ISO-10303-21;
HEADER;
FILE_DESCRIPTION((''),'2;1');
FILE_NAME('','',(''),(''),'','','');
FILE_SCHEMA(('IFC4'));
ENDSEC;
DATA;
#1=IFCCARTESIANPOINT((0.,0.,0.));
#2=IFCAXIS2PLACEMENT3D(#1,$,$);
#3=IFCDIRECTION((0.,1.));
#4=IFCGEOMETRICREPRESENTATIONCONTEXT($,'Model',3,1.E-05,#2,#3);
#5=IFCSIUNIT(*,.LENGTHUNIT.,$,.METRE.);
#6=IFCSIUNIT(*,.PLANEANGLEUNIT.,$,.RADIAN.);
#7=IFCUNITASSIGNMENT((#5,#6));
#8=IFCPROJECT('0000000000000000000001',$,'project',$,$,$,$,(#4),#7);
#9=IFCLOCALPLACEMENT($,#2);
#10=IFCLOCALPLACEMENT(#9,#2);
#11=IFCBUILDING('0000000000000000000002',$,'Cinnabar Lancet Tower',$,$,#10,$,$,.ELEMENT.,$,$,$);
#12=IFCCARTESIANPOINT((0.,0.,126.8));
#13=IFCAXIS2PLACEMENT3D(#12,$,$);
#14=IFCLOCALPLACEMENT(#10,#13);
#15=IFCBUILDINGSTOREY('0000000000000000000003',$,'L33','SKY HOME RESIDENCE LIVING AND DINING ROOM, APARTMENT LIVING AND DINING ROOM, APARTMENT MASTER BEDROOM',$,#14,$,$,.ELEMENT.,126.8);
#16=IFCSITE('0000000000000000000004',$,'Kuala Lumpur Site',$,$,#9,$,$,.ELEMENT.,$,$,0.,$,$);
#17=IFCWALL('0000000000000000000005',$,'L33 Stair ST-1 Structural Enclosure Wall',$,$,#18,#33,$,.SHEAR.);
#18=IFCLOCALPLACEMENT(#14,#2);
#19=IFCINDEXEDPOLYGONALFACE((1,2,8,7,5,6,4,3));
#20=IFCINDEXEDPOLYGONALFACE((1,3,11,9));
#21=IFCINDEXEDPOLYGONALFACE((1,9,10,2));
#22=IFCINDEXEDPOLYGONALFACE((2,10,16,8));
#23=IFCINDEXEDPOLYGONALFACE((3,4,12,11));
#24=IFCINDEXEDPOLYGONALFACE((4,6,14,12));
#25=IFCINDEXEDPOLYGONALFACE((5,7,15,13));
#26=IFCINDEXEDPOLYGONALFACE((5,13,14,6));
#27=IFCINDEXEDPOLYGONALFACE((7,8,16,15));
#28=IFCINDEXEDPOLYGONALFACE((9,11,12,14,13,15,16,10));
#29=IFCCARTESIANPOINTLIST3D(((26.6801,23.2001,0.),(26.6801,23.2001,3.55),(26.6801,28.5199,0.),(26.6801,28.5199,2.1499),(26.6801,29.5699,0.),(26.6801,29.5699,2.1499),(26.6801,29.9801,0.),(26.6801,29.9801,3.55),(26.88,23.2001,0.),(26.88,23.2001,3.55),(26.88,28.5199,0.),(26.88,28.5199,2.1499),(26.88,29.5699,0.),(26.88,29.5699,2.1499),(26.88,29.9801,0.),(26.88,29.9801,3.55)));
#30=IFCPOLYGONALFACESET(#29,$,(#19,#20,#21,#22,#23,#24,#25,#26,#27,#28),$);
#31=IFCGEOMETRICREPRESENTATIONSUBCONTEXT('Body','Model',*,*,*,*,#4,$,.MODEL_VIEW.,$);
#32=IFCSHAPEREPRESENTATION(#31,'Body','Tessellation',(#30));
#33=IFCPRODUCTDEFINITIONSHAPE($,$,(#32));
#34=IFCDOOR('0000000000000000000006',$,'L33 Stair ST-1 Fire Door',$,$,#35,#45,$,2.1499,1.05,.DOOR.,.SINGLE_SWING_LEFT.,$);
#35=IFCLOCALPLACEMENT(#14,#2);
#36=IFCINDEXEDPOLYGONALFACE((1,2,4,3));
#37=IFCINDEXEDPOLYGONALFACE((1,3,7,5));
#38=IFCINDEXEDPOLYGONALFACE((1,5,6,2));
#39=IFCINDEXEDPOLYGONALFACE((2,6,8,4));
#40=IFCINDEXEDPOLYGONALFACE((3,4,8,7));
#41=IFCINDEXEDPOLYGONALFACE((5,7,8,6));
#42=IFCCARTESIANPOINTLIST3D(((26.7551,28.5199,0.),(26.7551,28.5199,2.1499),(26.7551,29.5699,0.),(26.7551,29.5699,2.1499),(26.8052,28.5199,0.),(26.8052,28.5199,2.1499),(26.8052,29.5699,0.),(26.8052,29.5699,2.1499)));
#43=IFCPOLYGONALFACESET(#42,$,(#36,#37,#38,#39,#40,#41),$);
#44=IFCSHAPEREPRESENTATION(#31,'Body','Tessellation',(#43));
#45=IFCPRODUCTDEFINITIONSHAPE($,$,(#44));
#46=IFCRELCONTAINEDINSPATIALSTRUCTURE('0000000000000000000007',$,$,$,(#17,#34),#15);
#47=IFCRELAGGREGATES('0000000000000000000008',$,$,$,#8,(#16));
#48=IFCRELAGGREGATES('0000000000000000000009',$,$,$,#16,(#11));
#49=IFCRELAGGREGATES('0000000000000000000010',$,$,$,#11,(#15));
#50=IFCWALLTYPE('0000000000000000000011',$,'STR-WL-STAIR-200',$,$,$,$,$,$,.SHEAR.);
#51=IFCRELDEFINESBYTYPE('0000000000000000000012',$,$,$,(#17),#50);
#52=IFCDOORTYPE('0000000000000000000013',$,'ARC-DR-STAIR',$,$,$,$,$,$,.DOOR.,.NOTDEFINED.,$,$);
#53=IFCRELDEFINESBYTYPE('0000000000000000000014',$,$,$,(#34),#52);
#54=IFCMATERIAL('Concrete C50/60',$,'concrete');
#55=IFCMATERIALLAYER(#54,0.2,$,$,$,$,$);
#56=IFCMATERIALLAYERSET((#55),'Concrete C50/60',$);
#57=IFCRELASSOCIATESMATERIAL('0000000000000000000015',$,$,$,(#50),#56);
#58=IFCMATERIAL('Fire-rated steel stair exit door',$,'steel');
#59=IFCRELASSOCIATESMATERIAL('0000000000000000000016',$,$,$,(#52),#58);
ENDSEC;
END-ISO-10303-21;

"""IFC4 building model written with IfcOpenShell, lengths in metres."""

from ifc_helpers import new_model, si_unit, direction, frame, frame_2d, origin, place, context, subcontext, project, spatial, rectangle, extrude, material, layer, layer_set, type_object, element, fill, save


model = new_model("IFC4")

# Units and contexts
model_context = context("Model", 3, precision=1e-05, world=origin(), true_north=direction((0.0, 1.0)))
body_context = subcontext(model_context, "Body", "Model", "MODEL_VIEW")
ifc_project = project(units=[si_unit("LENGTHUNIT", "METRE"), si_unit("PLANEANGLEUNIT", "RADIAN")], contexts=[model_context])

# Site, building, storey
site_placement = place(None, origin())
site = spatial("IfcSite", under=ifc_project, at=site_placement, Name="Kuala Lumpur Site", CompositionType="ELEMENT", RefElevation=0.0)
building_placement = place(site_placement, origin())
building = spatial("IfcBuilding", under=site, at=building_placement, Name="Cinnabar Lancet Tower", CompositionType="ELEMENT")
storey_placement = place(building_placement, frame((0.0, 0.0, 126.8)))
storey = spatial("IfcBuildingStorey", under=building, at=storey_placement, Name="L33", Description="SKY HOME RESIDENCE LIVING AND DINING ROOM, APARTMENT LIVING AND DINING ROOM, APARTMENT MASTER BEDROOM", CompositionType="ELEMENT", Elevation=126.8)

# Wall, opening, door
ifc_material_1 = material(Name="Concrete C50/60", Category="concrete")
ifc_layer_1 = layer(ifc_material_1, 0.2)
ifc_layer_set_1 = layer_set([ifc_layer_1], Name="Concrete C50/60")
wall_type_1 = type_object("IfcWallType", Name="STR-WL-STAIR-200", PredefinedType="SHEAR", material=ifc_layer_set_1)
wall_1_placement = place(storey_placement, frame((26.78, 23.2, 0.0), z_axis=(0.0, 0.0, 1.0), x_axis=(0.0, 1.0, 0.0)))
wall_1 = element("IfcWall", 1, at=wall_1_placement, inside=storey, type_object=wall_type_1, Name="L33 Stair ST-1 Structural Enclosure Wall", PredefinedType="SHEAR", context=body_context, shape_type="SweptSolid", body=[
    extrude(rectangle(XDim=6.78, YDim=0.2, at=frame_2d((3.3901, 0.0))), origin(), (0.0, 0.0, 1.0), 3.55),
])
opening_1_placement = place(wall_1_placement, frame((5.3201, 0.0, 0.0)))
opening_1 = element("IfcOpeningElement", 2, at=opening_1_placement, cuts=wall_1, PredefinedType="OPENING", context=body_context, shape_type="SweptSolid", body=[
    extrude(rectangle(XDim=1.05, YDim=2.1499, at=frame_2d((0.5249, 1.075))), frame((0.0, 0.1099, 0.0), z_axis=(0.0, -1.0, 0.0), x_axis=(1.0, 0.0, 0.0)), (0.0, 0.0, 1.0), 0.22),
])
ifc_material_2 = material(Name="Fire-rated steel stair exit door", Category="steel")
door_type_1 = type_object("IfcDoorType", Name="ARC-DR-STAIR", OperationType="NOTDEFINED", PredefinedType="DOOR", material=ifc_material_2)
door_1_placement = place(opening_1_placement, origin())
door_1 = element("IfcDoor", 3, at=door_1_placement, inside=storey, type_object=door_type_1, Name="L33 Stair ST-1 Fire Door", OperationType="SINGLE_SWING_LEFT", OverallHeight=2.1499, OverallWidth=1.05, PredefinedType="DOOR", context=body_context, shape_type="SweptSolid", body=[
    extrude(rectangle(XDim=1.05, YDim=2.1499, at=frame_2d((0.5249, 1.075))), frame((0.0, 0.0249, 0.0), z_axis=(0.0, -1.0, 0.0), x_axis=(1.0, 0.0, 0.0)), (0.0, 0.0, 1.0), 0.05),
])
fill(opening_1, door_1)

save(model, "model.ifc")
